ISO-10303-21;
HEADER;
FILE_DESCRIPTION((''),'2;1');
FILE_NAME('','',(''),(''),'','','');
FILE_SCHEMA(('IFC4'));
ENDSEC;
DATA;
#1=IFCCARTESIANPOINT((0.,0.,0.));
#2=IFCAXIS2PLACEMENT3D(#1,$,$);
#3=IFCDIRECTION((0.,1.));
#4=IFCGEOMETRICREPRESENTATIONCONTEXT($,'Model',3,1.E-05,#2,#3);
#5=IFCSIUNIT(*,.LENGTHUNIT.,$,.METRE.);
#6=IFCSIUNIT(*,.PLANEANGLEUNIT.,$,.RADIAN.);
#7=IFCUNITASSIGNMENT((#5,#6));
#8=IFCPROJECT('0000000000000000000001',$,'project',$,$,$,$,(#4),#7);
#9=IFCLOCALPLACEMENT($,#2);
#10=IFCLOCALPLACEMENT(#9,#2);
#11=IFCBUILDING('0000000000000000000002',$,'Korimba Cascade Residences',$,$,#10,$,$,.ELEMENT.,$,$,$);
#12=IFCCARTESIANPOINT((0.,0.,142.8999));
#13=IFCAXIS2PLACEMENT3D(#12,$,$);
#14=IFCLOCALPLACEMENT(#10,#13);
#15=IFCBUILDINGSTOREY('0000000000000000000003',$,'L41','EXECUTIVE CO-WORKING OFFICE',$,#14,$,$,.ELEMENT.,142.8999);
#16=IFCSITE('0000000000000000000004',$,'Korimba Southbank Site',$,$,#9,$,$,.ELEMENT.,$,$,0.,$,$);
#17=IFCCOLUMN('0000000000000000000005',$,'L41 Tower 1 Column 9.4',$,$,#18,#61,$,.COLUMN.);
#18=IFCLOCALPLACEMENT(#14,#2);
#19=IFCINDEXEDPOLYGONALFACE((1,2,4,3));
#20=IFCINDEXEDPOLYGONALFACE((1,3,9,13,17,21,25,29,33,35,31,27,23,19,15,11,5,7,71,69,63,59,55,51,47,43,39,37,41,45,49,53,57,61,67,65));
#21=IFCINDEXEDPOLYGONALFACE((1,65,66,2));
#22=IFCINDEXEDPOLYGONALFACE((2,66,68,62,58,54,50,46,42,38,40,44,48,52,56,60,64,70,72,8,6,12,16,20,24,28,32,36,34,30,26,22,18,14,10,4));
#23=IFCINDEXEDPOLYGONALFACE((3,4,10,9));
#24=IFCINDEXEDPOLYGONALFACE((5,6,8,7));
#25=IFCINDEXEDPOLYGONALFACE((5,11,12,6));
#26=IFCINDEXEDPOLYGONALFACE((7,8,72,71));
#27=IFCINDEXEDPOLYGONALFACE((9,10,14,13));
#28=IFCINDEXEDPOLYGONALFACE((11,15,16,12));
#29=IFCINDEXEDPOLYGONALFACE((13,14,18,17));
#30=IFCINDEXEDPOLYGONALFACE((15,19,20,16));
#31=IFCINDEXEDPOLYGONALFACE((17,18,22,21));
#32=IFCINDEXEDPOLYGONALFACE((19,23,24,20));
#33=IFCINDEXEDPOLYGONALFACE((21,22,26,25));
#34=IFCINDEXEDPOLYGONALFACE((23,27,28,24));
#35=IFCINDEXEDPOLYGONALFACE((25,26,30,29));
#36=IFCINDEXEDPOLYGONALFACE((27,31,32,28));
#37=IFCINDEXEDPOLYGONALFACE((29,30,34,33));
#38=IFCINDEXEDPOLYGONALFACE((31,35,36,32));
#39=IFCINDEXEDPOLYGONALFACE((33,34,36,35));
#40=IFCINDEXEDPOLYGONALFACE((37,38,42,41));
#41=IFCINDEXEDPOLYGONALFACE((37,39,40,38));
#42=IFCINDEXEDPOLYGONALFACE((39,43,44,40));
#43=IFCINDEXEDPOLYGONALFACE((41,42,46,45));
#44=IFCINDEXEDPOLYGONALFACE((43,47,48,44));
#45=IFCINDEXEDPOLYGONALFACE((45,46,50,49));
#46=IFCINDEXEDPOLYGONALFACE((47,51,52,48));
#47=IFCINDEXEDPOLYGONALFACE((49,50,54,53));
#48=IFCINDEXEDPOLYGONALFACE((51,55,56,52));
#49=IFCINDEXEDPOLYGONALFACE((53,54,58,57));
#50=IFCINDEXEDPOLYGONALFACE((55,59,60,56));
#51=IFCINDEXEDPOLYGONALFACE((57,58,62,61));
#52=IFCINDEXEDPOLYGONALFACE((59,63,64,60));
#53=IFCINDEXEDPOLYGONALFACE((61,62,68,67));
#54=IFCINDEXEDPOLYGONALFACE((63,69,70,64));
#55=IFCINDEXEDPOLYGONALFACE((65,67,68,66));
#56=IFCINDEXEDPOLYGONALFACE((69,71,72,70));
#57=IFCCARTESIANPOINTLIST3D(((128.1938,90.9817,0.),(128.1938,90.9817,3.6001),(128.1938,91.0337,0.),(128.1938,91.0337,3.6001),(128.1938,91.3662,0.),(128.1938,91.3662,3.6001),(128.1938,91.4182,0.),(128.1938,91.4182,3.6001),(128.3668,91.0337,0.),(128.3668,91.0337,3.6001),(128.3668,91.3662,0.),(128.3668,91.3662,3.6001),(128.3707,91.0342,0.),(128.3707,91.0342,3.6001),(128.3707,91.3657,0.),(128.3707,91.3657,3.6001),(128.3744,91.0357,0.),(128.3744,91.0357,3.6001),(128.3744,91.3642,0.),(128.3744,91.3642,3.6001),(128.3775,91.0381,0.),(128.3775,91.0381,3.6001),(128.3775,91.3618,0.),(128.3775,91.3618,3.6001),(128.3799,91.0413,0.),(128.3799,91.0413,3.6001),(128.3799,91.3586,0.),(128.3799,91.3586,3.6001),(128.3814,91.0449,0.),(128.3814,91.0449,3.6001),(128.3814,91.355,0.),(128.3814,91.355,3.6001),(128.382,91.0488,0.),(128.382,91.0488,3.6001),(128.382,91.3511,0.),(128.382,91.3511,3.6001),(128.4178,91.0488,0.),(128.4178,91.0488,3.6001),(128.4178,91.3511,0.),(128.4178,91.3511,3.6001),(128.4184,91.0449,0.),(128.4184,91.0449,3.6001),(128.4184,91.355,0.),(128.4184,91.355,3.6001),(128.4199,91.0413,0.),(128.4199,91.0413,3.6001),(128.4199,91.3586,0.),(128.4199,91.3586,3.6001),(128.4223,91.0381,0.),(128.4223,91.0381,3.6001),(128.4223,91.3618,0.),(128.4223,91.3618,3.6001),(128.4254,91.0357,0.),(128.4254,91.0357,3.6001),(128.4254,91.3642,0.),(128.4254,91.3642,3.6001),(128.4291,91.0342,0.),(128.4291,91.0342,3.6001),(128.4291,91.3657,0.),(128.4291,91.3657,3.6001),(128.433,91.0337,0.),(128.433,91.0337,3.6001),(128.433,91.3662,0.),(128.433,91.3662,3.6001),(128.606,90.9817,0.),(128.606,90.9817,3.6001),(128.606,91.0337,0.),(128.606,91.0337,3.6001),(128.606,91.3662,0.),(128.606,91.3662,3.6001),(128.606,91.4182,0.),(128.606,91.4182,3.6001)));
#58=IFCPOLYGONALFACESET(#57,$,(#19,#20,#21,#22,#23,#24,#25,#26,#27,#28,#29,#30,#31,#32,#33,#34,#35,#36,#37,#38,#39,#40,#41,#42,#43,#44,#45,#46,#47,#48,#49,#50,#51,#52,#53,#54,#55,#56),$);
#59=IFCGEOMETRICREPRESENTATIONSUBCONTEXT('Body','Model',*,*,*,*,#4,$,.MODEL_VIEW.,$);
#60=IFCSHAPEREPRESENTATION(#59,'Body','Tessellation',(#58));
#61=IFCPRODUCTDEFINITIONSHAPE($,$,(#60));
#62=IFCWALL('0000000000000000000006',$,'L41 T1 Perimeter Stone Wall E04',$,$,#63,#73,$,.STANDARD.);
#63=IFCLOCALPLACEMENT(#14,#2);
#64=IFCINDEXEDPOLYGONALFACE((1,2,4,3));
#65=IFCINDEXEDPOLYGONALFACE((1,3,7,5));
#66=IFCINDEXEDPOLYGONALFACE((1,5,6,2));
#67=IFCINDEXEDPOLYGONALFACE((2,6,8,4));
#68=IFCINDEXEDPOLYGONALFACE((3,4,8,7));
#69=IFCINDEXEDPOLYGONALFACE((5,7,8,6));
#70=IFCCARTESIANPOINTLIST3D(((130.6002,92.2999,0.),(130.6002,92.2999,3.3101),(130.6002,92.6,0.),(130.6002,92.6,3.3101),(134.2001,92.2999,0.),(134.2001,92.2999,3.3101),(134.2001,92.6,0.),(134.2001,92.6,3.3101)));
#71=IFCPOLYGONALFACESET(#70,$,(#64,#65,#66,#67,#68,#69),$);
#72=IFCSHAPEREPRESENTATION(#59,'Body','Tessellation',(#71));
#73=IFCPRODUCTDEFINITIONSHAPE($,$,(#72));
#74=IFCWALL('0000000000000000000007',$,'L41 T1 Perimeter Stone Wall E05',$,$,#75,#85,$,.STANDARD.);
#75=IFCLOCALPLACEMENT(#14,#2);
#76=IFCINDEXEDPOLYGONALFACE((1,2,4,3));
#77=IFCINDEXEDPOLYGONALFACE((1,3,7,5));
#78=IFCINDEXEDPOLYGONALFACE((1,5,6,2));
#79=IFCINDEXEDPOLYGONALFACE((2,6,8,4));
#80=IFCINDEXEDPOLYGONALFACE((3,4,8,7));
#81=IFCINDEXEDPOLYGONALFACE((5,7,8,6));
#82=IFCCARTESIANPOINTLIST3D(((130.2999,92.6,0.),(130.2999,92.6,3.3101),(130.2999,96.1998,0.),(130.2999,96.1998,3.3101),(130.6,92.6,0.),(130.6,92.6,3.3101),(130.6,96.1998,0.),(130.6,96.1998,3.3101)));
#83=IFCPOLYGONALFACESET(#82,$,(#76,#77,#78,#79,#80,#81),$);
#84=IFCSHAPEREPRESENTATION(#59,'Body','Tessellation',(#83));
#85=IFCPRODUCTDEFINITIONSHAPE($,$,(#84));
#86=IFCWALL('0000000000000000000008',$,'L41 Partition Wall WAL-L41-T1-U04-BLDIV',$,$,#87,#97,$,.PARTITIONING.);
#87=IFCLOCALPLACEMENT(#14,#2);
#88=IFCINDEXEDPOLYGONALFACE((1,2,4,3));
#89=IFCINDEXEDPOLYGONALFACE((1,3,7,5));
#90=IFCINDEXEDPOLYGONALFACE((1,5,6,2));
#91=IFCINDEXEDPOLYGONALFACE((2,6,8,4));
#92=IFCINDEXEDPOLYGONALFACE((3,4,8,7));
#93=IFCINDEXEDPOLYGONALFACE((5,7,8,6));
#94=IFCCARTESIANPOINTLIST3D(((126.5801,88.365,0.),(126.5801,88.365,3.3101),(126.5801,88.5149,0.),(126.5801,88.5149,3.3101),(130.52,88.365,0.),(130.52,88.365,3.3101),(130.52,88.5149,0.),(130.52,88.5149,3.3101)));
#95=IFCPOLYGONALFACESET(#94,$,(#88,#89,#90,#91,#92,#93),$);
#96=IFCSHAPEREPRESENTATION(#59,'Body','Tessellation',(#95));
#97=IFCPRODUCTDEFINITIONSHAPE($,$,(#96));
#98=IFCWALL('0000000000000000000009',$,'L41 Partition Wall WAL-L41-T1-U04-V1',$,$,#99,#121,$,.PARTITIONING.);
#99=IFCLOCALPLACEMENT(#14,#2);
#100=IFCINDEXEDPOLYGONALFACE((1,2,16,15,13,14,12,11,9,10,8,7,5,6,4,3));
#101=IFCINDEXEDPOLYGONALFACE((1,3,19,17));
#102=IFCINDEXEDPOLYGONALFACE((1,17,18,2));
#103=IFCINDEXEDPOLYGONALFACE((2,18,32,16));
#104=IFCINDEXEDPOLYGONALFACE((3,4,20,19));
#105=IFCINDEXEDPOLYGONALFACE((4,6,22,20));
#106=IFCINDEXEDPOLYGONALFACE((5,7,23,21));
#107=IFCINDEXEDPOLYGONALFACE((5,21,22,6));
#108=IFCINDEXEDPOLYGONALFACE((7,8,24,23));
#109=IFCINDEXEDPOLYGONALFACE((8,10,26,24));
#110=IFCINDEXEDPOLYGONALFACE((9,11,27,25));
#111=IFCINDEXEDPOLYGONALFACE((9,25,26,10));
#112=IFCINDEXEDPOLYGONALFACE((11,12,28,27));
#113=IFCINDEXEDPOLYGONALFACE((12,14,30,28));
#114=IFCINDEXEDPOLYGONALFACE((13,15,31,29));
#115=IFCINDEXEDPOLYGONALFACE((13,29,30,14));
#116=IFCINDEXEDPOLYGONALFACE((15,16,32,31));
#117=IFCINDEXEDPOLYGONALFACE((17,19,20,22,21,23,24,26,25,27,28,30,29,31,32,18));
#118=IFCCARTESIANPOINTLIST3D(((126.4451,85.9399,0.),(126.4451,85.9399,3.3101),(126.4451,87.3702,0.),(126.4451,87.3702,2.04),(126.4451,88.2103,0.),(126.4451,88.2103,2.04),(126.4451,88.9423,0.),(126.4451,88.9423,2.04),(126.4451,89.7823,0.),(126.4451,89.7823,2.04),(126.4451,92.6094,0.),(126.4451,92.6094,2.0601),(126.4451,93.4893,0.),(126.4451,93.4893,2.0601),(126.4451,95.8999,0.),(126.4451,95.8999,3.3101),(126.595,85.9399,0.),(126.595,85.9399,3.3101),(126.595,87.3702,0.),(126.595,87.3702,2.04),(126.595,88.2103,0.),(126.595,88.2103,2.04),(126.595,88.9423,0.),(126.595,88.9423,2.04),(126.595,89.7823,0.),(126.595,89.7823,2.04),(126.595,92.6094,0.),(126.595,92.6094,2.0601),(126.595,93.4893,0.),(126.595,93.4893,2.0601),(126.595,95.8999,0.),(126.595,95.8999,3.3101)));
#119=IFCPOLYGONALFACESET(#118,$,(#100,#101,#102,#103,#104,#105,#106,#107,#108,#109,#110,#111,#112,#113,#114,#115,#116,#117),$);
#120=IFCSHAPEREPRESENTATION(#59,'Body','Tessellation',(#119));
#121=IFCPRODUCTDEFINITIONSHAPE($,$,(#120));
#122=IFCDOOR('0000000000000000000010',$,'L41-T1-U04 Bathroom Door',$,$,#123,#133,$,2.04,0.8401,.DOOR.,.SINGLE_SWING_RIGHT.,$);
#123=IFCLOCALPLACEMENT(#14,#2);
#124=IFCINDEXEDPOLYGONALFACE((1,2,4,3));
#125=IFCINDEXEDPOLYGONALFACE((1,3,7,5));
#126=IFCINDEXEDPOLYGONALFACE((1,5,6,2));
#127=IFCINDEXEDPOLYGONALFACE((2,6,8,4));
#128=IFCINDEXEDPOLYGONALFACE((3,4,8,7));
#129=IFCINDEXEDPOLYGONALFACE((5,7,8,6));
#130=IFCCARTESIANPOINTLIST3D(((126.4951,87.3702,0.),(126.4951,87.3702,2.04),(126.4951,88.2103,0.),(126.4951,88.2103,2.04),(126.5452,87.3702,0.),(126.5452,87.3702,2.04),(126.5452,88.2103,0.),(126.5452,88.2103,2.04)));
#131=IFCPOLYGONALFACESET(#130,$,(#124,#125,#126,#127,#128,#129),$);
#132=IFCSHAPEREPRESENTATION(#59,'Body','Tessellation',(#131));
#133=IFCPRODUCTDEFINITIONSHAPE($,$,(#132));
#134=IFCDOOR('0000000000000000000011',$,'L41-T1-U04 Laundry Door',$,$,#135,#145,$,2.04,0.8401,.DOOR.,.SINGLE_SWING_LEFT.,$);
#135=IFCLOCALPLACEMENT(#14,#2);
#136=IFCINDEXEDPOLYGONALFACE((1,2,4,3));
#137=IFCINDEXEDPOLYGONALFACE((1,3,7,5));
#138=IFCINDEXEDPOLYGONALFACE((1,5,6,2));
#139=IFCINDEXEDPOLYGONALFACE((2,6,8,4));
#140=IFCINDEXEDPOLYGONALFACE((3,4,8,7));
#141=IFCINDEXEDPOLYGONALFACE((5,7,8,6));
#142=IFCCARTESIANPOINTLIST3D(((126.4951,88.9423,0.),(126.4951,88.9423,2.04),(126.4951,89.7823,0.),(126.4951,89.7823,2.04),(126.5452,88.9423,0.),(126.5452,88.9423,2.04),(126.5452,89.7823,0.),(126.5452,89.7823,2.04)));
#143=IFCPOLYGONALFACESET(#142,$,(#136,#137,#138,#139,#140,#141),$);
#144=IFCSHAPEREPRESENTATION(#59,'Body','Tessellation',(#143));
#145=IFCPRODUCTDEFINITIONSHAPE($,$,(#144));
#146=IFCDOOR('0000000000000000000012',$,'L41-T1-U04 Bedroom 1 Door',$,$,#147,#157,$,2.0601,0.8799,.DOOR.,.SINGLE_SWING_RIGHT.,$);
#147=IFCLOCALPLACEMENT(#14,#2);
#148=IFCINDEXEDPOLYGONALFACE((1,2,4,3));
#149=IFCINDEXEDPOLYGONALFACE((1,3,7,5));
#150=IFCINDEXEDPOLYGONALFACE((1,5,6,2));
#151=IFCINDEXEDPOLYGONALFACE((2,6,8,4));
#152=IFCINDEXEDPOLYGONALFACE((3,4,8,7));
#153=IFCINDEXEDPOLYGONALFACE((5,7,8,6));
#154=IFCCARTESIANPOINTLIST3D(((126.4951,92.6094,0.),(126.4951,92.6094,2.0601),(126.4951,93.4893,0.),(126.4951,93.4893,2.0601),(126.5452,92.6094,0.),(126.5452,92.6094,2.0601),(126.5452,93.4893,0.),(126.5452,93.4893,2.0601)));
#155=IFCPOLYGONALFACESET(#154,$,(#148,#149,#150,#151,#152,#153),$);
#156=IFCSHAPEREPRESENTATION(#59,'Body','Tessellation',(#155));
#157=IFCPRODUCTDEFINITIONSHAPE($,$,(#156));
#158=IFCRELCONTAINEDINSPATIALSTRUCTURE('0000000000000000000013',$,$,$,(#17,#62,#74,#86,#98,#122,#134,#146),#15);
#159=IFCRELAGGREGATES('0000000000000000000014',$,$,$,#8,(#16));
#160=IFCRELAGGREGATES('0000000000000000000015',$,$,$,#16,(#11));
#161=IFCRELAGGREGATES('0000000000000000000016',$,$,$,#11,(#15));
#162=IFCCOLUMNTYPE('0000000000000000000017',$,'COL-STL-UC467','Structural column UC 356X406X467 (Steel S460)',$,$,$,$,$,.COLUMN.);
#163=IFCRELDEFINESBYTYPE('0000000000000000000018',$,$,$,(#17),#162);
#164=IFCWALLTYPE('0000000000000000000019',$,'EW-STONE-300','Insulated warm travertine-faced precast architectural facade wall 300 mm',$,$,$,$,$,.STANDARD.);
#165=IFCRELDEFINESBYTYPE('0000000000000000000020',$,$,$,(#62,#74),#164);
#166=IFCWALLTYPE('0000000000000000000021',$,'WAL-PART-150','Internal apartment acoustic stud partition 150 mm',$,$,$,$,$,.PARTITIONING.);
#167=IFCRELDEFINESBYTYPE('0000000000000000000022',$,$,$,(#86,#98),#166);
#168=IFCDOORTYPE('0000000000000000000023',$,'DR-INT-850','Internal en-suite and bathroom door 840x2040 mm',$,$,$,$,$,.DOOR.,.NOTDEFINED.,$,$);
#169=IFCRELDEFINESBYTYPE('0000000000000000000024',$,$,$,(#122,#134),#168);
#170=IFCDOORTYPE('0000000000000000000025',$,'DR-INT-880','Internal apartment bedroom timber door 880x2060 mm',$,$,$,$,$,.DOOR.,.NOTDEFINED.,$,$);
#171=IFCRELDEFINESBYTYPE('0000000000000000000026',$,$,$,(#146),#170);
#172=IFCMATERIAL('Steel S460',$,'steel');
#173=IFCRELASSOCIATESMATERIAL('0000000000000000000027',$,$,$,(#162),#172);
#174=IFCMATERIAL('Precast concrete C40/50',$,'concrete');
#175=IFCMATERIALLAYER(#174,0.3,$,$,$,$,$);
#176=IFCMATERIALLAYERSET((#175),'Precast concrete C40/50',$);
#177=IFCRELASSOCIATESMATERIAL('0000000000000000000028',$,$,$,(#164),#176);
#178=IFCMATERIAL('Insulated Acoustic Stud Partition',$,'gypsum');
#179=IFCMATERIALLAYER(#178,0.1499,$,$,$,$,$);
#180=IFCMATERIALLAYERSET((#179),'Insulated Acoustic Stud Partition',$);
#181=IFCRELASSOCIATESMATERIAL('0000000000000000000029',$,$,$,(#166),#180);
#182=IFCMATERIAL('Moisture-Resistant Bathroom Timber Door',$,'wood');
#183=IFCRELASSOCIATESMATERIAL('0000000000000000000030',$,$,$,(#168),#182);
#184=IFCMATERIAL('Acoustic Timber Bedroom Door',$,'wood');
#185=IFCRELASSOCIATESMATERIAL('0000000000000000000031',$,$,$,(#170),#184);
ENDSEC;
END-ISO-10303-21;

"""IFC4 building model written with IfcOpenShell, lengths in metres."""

from ifc_helpers import new_model, si_unit, direction, frame, frame_2d, origin, origin_2d, place, context, subcontext, project, spatial, rectangle, i_section, extrude, material, layer, layer_set, material_profile, profile_set, type_object, element, fill, save


model = new_model("IFC4")

# Units and contexts
model_context = context("Model", 3, precision=1e-05, world=origin(), true_north=direction((0.0, 1.0)))
body_context = subcontext(model_context, "Body", "Model", "MODEL_VIEW")
ifc_project = project(units=[si_unit("LENGTHUNIT", "METRE"), si_unit("PLANEANGLEUNIT", "RADIAN")], contexts=[model_context])

# Site, building, storey
site_placement = place(None, origin())
site = spatial("IfcSite", under=ifc_project, at=site_placement, Name="Korimba Southbank Site", CompositionType="ELEMENT", RefElevation=0.0)
building_placement = place(site_placement, origin())
building = spatial("IfcBuilding", under=site, at=building_placement, Name="Korimba Cascade Residences", CompositionType="ELEMENT")
storey_placement = place(building_placement, frame((0.0, 0.0, 142.8999)))
storey = spatial("IfcBuildingStorey", under=building, at=storey_placement, Name="L41", Description="EXECUTIVE CO-WORKING OFFICE", CompositionType="ELEMENT", Elevation=142.8999)

# Column
ifc_material_1 = material(Name="Steel S460", Category="steel")
ifc_material_profile = material_profile(ifc_material_1, i_section(OverallWidth=0.4121, OverallDepth=0.4365, WebThickness=0.0359, FlangeThickness=0.052, FilletRadius=0.0151, at=origin_2d()), Name="Steel S460")
ifc_profile_set = profile_set([ifc_material_profile], Name="Steel S460")
column_type = type_object("IfcColumnType", Name="COL-STL-UC467", Description="Structural column UC 356X406X467 (Steel S460)", PredefinedType="COLUMN", material=ifc_profile_set)
column_placement = place(storey_placement, frame((128.3999, 91.2, 0.0), z_axis=(0.0, 0.0, 1.0), x_axis=(1.0, 0.0, 0.0)))
element("IfcColumn", 1, at=column_placement, inside=storey, type_object=column_type, Name="L41 Tower 1 Column 9.4", PredefinedType="COLUMN", context=body_context, shape_type="SweptSolid", body=[
    extrude(i_section(OverallWidth=0.4121, OverallDepth=0.4365, WebThickness=0.0359, FlangeThickness=0.052, FilletRadius=0.0151, at=origin_2d()), origin(), (0.0, 0.0, 1.0), 3.6001),
])

# Shared definitions
ifc_material_2 = material(Name="Precast concrete C40/50", Category="concrete")

# Walls
ifc_layer_1 = layer(ifc_material_2, 0.3)
ifc_layer_set_1 = layer_set([ifc_layer_1], Name="Precast concrete C40/50")
wall_type_1 = type_object("IfcWallType", Name="EW-STONE-300", Description="Insulated warm travertine-faced precast architectural facade wall 300 mm", PredefinedType="STANDARD", material=ifc_layer_set_1)
for number, where, z_axis, x_axis, name in (
    (2, (134.2, 92.45, 0.0), (0.0, 0.0, 1.0), (-1.0, 0.0, 0.0), "L41 T1 Perimeter Stone Wall E04"),
    (3, (130.45, 92.6001, 0.0), (0.0, 0.0, 1.0), (0.0, 1.0, 0.0), "L41 T1 Perimeter Stone Wall E05"),
):
    element("IfcWall", number, at=place(storey_placement, frame(where, z_axis=z_axis, x_axis=x_axis)), inside=storey, type_object=wall_type_1, Name=name, PredefinedType="STANDARD", context=body_context, shape_type="SweptSolid", body=[
        extrude(rectangle(XDim=3.5999, YDim=0.3, at=frame_2d((1.7998, 0.0))), origin(), (0.0, 0.0, 1.0), 3.3101),
    ])
ifc_material_3 = material(Name="Insulated Acoustic Stud Partition", Category="gypsum")
ifc_layer_2 = layer(ifc_material_3, 0.1499)
ifc_layer_set_2 = layer_set([ifc_layer_2], Name="Insulated Acoustic Stud Partition")
wall_type_2 = type_object("IfcWallType", Name="WAL-PART-150", Description="Internal apartment acoustic stud partition 150 mm", PredefinedType="PARTITIONING", material=ifc_layer_set_2)
wall_1_placement = place(storey_placement, frame((126.5801, 88.4399, 0.0), z_axis=(0.0, 0.0, 1.0), x_axis=(1.0, 0.0, 0.0)))
element("IfcWall", 4, at=wall_1_placement, inside=storey, type_object=wall_type_2, Name="L41 Partition Wall WAL-L41-T1-U04-BLDIV", PredefinedType="PARTITIONING", context=body_context, shape_type="SweptSolid", body=[
    extrude(rectangle(XDim=3.9399, YDim=0.1499, at=frame_2d((1.97, 0.0))), origin(), (0.0, 0.0, 1.0), 3.3101),
])

# Wall, openings, doors
wall_2_placement = place(storey_placement, frame((126.52, 85.9399, 0.0), z_axis=(0.0, 0.0, 1.0), x_axis=(0.0, 1.0, 0.0)))
wall_2 = element("IfcWall", 5, at=wall_2_placement, inside=storey, type_object=wall_type_2, Name="L41 Partition Wall WAL-L41-T1-U04-V1", PredefinedType="PARTITIONING", context=body_context, shape_type="SweptSolid", body=[
    extrude(rectangle(XDim=9.96, YDim=0.1499, at=frame_2d((4.98, 0.0))), origin(), (0.0, 0.0, 1.0), 3.3101),
])
opening_1_placement = place(wall_2_placement, frame((1.4304, 0.0, 0.0)))
opening_1 = element("IfcOpeningElement", 6, at=opening_1_placement, cuts=wall_2, PredefinedType="OPENING", context=body_context, shape_type="SweptSolid", body=[
    extrude(rectangle(XDim=0.8401, YDim=2.04, at=frame_2d((0.4199, 1.02))), frame((0.0, 0.085, 0.0), z_axis=(0.0, -1.0, 0.0), x_axis=(1.0, 0.0, 0.0)), (0.0, 0.0, 1.0), 0.1699),
])
opening_2_placement = place(wall_2_placement, frame((3.0024, 0.0, 0.0)))
opening_2 = element("IfcOpeningElement", 7, at=opening_2_placement, cuts=wall_2, PredefinedType="OPENING", context=body_context, shape_type="SweptSolid", body=[
    extrude(rectangle(XDim=0.8401, YDim=2.04, at=frame_2d((0.4199, 1.02))), frame((0.0, 0.085, 0.0), z_axis=(0.0, -1.0, 0.0), x_axis=(1.0, 0.0, 0.0)), (0.0, 0.0, 1.0), 0.1699),
])
opening_3_placement = place(wall_2_placement, frame((6.6694, 0.0, 0.0)))
opening_3 = element("IfcOpeningElement", 8, at=opening_3_placement, cuts=wall_2, PredefinedType="OPENING", context=body_context, shape_type="SweptSolid", body=[
    extrude(rectangle(XDim=0.8799, YDim=2.0601, at=frame_2d((0.4399, 1.03))), frame((0.0, 0.085, 0.0), z_axis=(0.0, -1.0, 0.0), x_axis=(1.0, 0.0, 0.0)), (0.0, 0.0, 1.0), 0.1699),
])
ifc_material_4 = material(Name="Moisture-Resistant Bathroom Timber Door", Category="wood")
door_type_1 = type_object("IfcDoorType", Name="DR-INT-850", Description="Internal en-suite and bathroom door 840x2040 mm", OperationType="NOTDEFINED", PredefinedType="DOOR", material=ifc_material_4)
door_1_placement = place(opening_1_placement, origin())
door_1 = element("IfcDoor", 9, at=door_1_placement, inside=storey, type_object=door_type_1, Name="L41-T1-U04 Bathroom Door", OperationType="SINGLE_SWING_RIGHT", OverallHeight=2.04, OverallWidth=0.8401, PredefinedType="DOOR", context=body_context, shape_type="SweptSolid", body=[
    extrude(rectangle(XDim=0.8401, YDim=2.04, at=frame_2d((0.4199, 1.02))), frame((0.0, 0.0249, 0.0), z_axis=(0.0, -1.0, 0.0), x_axis=(1.0, 0.0, 0.0)), (0.0, 0.0, 1.0), 0.05),
])
fill(opening_1, door_1)
door_2_placement = place(opening_2_placement, origin())
door_2 = element("IfcDoor", 10, at=door_2_placement, inside=storey, type_object=door_type_1, Name="L41-T1-U04 Laundry Door", OperationType="SINGLE_SWING_LEFT", OverallHeight=2.04, OverallWidth=0.8401, PredefinedType="DOOR", context=body_context, shape_type="SweptSolid", body=[
    extrude(rectangle(XDim=0.8401, YDim=2.04, at=frame_2d((0.4199, 1.02))), frame((0.0, 0.0249, 0.0), z_axis=(0.0, -1.0, 0.0), x_axis=(1.0, 0.0, 0.0)), (0.0, 0.0, 1.0), 0.05),
])
fill(opening_2, door_2)
ifc_material_5 = material(Name="Acoustic Timber Bedroom Door", Category="wood")
door_type_2 = type_object("IfcDoorType", Name="DR-INT-880", Description="Internal apartment bedroom timber door 880x2060 mm", OperationType="NOTDEFINED", PredefinedType="DOOR", material=ifc_material_5)
door_3_placement = place(opening_3_placement, origin())
door_3 = element("IfcDoor", 11, at=door_3_placement, inside=storey, type_object=door_type_2, Name="L41-T1-U04 Bedroom 1 Door", OperationType="SINGLE_SWING_RIGHT", OverallHeight=2.0601, OverallWidth=0.8799, PredefinedType="DOOR", context=body_context, shape_type="SweptSolid", body=[
    extrude(rectangle(XDim=0.8799, YDim=2.0601, at=frame_2d((0.4399, 1.03))), frame((0.0, 0.0249, 0.0), z_axis=(0.0, -1.0, 0.0), x_axis=(1.0, 0.0, 0.0)), (0.0, 0.0, 1.0), 0.05),
])
fill(opening_3, door_3)

save(model, "model.ifc")
